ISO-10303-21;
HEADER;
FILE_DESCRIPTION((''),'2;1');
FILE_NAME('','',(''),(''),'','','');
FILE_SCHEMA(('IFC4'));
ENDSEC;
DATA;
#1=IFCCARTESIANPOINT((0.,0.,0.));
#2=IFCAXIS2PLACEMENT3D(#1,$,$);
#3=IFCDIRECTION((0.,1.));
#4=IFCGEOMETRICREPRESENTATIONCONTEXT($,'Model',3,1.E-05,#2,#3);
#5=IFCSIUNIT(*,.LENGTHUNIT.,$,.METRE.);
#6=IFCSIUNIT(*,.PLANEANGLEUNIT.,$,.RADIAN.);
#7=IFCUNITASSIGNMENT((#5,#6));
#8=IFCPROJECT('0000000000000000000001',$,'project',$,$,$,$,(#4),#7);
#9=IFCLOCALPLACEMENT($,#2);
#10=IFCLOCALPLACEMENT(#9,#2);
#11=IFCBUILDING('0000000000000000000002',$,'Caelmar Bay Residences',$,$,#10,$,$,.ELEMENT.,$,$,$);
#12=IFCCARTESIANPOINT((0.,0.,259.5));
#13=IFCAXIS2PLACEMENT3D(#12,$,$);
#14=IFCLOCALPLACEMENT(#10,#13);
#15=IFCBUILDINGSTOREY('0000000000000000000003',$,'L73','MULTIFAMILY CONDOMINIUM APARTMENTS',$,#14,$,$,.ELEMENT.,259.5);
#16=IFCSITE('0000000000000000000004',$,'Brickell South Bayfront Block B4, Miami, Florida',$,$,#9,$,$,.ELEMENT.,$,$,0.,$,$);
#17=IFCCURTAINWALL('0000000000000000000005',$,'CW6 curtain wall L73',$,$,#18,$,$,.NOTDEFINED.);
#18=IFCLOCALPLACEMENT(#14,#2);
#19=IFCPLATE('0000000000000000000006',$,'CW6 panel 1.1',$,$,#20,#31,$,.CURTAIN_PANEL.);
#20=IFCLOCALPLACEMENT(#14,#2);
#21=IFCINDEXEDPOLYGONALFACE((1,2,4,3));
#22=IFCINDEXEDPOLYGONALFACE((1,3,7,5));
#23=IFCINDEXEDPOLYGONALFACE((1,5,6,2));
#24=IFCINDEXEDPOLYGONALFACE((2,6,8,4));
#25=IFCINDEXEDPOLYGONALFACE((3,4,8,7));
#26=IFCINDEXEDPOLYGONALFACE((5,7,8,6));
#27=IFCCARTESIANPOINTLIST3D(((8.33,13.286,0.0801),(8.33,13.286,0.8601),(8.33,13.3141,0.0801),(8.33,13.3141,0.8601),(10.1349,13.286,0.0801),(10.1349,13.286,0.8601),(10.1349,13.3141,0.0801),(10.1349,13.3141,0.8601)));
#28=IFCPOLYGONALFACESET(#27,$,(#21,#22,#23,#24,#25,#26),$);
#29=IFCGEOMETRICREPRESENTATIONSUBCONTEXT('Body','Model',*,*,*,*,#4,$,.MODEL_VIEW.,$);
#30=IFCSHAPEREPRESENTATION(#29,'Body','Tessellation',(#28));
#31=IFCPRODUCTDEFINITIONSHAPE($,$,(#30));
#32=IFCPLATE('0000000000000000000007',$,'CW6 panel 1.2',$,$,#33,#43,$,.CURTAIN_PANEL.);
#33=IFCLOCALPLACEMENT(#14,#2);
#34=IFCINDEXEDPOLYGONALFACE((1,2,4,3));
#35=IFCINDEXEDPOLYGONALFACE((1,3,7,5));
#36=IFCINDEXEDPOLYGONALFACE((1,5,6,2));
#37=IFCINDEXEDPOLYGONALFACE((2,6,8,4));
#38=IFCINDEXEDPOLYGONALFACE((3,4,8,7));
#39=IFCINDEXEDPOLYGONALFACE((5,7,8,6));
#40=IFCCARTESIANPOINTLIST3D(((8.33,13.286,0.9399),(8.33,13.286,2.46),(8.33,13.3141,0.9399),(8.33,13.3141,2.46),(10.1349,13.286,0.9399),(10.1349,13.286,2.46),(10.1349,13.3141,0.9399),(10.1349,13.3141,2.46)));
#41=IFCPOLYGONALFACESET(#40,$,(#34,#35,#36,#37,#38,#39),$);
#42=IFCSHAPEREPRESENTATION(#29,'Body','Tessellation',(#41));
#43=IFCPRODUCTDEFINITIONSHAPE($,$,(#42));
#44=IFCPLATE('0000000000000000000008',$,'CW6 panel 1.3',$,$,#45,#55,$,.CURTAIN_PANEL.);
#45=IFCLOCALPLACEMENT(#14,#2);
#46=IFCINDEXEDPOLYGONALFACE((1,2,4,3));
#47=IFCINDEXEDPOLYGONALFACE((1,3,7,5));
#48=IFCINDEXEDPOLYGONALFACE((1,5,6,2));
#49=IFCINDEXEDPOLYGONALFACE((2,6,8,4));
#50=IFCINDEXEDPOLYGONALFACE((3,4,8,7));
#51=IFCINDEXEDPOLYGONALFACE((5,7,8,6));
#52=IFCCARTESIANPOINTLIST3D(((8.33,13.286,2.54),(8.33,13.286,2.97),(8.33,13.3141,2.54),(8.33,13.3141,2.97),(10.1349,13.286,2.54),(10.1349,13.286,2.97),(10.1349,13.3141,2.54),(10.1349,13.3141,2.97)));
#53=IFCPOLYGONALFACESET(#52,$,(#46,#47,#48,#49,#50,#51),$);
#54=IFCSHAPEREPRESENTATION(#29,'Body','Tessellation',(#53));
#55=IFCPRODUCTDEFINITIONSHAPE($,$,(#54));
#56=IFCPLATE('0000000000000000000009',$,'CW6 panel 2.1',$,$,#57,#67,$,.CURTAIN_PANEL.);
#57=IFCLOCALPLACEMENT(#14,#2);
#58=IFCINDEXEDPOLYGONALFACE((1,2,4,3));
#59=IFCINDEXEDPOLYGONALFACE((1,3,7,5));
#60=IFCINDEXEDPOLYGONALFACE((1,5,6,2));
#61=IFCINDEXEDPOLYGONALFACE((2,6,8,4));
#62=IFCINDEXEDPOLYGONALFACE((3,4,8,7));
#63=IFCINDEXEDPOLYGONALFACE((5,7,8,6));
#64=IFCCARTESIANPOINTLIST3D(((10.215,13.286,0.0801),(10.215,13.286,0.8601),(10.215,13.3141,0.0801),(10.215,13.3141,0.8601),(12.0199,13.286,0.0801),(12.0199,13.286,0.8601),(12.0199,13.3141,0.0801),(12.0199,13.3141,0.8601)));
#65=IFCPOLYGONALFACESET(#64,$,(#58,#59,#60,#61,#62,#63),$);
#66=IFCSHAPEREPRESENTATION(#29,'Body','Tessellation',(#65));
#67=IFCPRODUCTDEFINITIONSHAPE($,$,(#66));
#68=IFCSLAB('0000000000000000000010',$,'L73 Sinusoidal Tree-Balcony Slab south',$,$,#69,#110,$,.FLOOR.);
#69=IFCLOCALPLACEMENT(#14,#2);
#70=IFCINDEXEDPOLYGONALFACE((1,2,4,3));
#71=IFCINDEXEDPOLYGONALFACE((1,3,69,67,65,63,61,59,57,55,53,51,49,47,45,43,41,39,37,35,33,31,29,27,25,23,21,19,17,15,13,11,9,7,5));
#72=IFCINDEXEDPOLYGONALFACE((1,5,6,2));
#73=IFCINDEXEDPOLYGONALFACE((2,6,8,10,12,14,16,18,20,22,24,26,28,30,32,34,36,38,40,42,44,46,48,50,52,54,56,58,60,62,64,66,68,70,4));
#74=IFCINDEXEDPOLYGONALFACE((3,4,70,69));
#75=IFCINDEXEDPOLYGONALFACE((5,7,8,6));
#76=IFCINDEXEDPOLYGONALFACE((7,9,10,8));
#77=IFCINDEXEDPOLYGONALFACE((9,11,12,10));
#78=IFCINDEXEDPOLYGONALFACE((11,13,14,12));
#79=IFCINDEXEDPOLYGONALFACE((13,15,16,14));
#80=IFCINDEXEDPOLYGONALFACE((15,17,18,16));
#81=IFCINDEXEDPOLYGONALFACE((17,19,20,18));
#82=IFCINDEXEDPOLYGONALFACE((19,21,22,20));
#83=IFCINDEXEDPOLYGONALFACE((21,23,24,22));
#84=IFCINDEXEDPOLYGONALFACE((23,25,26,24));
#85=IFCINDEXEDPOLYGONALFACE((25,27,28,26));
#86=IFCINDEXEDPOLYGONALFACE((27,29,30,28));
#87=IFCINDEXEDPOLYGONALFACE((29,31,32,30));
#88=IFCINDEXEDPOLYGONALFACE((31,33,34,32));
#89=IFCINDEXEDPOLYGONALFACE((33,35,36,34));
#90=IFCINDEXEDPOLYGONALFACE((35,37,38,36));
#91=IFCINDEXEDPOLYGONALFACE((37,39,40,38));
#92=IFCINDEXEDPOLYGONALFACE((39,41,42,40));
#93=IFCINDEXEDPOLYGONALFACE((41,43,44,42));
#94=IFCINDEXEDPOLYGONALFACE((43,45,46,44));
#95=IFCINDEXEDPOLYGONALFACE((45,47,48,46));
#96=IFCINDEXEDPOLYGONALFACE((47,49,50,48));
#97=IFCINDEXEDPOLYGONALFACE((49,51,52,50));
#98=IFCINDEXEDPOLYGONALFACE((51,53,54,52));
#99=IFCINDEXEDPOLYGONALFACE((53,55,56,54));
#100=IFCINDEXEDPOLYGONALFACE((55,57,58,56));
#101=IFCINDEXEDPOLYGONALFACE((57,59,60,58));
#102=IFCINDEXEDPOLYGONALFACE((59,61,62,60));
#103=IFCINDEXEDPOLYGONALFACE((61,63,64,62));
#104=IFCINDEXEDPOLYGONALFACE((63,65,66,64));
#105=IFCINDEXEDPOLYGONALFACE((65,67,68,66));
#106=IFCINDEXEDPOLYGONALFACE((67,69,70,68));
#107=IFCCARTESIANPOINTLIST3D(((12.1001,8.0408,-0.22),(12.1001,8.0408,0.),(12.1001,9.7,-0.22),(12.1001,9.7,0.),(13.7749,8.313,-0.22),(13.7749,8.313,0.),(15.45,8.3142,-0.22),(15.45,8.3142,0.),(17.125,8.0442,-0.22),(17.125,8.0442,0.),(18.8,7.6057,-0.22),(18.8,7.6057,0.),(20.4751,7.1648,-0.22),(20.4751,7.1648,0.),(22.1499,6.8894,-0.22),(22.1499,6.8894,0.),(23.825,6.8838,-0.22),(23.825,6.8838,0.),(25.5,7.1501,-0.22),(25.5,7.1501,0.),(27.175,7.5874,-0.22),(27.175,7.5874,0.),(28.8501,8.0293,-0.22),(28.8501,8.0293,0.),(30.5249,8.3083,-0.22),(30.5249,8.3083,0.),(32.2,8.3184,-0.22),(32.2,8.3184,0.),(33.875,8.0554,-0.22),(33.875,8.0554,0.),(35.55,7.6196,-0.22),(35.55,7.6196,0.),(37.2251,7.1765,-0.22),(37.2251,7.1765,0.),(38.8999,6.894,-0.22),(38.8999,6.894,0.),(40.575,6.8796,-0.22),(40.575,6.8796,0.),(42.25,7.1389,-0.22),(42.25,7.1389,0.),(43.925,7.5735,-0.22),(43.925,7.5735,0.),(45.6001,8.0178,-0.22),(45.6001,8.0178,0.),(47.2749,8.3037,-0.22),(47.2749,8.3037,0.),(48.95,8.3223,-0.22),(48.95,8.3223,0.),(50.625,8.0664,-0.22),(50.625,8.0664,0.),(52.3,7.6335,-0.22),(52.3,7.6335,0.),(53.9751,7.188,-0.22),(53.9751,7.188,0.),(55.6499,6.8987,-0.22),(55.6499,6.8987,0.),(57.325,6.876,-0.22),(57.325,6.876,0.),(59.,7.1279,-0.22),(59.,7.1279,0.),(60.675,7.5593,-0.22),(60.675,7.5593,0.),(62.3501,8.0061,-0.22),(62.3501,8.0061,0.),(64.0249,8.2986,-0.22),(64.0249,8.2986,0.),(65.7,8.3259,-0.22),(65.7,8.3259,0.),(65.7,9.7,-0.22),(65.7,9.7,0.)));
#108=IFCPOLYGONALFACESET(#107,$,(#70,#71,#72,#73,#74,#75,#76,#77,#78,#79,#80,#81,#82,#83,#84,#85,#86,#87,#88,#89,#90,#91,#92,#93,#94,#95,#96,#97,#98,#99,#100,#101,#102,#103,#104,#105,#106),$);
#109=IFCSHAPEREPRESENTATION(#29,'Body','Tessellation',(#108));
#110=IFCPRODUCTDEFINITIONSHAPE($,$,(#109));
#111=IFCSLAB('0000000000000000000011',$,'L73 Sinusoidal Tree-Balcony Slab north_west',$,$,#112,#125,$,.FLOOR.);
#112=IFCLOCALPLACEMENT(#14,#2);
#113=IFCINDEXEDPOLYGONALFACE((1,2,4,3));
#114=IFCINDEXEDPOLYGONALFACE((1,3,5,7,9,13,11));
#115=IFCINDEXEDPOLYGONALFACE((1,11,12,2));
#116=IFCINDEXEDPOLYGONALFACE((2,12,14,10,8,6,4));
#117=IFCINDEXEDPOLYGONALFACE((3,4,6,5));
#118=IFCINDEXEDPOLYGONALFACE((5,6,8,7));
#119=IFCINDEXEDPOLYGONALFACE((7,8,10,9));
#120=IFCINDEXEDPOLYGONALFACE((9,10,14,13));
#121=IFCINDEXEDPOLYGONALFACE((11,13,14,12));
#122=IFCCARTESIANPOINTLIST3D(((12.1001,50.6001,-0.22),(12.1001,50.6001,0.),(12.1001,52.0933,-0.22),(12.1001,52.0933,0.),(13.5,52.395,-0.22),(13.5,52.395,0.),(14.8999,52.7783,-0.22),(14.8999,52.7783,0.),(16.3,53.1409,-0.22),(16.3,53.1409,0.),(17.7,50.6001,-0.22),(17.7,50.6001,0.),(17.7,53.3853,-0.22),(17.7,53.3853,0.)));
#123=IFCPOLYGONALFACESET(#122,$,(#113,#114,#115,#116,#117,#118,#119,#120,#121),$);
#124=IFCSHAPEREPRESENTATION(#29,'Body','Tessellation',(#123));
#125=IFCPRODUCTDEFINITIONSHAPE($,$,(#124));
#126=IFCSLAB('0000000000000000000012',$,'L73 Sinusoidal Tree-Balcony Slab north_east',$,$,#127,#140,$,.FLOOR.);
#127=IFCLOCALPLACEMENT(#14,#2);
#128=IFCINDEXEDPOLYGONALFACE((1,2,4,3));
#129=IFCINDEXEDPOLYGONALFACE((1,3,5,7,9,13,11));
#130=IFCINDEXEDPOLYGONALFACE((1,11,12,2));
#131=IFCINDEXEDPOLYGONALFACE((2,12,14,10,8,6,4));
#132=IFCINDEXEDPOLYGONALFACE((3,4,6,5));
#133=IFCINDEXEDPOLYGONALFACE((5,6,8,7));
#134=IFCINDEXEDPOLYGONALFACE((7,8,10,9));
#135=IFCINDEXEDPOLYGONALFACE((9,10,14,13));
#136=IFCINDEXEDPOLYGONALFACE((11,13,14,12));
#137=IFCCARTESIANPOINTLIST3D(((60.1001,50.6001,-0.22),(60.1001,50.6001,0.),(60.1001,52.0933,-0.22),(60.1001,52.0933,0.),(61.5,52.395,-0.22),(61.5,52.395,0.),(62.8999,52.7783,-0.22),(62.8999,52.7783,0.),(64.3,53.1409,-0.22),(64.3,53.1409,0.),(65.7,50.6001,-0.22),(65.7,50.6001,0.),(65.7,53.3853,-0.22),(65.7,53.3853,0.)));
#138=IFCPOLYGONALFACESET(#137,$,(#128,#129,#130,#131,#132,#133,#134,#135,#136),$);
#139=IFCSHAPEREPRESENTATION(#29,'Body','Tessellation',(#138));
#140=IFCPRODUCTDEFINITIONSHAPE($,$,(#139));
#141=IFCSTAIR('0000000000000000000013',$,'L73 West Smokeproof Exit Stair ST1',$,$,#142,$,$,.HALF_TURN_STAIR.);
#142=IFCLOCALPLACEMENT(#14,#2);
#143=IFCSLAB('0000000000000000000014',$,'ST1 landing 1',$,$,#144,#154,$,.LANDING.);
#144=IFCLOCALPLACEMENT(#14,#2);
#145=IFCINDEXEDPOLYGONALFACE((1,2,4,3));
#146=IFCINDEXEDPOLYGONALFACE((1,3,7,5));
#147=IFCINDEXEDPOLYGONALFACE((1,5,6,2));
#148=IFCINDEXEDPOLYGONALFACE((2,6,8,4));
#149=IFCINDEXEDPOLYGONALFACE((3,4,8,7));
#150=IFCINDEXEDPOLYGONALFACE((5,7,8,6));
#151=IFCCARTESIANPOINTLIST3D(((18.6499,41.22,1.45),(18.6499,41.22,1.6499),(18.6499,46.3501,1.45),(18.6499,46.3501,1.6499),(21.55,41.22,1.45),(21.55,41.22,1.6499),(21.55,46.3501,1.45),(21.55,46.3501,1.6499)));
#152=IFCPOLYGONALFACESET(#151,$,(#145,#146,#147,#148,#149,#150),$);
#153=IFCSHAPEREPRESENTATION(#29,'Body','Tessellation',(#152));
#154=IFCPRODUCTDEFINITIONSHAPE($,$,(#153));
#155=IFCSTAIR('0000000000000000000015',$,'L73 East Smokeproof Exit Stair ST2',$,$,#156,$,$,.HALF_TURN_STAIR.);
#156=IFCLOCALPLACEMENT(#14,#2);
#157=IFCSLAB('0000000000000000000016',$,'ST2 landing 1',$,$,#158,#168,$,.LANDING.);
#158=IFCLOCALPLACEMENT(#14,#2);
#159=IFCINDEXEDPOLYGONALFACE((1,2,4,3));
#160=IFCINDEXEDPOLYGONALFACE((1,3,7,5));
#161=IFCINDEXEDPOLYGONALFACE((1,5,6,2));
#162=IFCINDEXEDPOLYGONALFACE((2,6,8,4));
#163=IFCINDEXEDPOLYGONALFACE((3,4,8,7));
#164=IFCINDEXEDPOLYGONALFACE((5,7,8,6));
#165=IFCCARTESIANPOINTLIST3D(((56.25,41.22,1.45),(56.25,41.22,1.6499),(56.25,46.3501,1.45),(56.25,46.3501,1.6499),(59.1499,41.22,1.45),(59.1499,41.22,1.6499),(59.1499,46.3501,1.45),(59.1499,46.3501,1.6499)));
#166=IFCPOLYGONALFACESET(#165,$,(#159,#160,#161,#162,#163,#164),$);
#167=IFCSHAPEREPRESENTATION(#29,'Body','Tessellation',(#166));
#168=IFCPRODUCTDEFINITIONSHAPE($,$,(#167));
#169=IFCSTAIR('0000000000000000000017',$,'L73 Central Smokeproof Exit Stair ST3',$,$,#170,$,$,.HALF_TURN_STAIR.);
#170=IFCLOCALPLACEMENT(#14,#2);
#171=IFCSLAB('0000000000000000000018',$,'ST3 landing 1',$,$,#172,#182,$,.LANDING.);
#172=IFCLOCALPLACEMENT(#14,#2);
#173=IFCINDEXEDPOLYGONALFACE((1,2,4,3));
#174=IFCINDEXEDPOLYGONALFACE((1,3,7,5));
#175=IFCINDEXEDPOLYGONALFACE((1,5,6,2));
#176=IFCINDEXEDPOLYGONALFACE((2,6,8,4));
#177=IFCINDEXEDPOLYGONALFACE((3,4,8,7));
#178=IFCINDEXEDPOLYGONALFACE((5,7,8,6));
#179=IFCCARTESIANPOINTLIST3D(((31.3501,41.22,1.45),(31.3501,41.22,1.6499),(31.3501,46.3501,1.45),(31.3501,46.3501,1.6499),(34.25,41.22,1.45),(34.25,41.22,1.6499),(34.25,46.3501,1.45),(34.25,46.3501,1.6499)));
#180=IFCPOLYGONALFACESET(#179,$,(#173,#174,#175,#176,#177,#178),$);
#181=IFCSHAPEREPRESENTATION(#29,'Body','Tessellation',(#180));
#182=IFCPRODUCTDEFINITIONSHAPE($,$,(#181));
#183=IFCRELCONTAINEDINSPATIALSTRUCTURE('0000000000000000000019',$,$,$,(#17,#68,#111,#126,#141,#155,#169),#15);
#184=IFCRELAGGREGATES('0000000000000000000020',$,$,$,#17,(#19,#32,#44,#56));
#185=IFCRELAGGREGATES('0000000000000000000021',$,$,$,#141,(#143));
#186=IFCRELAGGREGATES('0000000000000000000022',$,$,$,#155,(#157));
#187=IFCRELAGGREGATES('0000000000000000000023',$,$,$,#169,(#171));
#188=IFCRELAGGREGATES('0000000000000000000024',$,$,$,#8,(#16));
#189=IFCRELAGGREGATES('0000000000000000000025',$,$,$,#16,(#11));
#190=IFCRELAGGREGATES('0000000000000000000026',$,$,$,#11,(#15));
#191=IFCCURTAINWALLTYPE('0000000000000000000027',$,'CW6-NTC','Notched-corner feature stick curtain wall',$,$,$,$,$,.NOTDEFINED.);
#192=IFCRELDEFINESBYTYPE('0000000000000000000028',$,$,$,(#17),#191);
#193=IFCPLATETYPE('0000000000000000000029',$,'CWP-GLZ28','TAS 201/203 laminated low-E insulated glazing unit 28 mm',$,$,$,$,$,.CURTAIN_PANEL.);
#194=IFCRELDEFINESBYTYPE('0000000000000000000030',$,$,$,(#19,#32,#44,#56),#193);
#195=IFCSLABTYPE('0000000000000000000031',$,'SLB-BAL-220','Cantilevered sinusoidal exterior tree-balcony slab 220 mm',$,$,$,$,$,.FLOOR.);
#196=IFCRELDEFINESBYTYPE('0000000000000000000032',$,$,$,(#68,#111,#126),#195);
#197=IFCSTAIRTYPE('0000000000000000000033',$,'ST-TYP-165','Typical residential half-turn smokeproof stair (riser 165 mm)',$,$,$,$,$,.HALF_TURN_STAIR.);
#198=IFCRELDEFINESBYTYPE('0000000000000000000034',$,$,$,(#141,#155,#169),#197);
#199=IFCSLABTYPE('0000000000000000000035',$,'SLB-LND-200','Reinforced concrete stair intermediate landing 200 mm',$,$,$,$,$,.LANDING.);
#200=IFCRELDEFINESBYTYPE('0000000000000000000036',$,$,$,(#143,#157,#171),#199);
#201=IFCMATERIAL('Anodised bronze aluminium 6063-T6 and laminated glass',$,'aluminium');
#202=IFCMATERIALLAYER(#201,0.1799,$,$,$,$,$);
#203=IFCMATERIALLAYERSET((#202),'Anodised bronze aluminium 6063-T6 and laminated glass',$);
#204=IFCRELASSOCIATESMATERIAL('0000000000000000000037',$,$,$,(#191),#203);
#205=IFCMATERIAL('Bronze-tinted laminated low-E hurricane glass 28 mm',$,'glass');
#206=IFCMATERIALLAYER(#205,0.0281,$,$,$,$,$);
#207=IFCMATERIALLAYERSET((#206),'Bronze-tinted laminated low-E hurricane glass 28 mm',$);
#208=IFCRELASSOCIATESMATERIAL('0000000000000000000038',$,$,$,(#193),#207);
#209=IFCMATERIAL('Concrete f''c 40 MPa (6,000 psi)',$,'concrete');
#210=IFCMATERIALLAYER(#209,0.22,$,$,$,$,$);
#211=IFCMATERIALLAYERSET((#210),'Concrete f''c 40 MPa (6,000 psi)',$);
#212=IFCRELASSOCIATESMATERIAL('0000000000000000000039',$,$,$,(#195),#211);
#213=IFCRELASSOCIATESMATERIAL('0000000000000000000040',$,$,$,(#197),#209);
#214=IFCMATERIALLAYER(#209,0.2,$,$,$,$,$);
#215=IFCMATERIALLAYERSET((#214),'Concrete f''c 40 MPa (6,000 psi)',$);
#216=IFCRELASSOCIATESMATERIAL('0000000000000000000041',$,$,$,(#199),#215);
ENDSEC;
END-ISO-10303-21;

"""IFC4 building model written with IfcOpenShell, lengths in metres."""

from ifc_helpers import new_model, si_unit, direction, frame, origin, origin_2d, place, context, subcontext, project, spatial, polyline, rectangle, outline, extrude, material, layer, layer_set, type_object, element, aggregate, save


model = new_model("IFC4")

# Units and contexts
model_context = context("Model", 3, precision=1e-05, world=origin(), true_north=direction((0.0, 1.0)))
body_context = subcontext(model_context, "Body", "Model", "MODEL_VIEW")
ifc_project = project(units=[si_unit("LENGTHUNIT", "METRE"), si_unit("PLANEANGLEUNIT", "RADIAN")], contexts=[model_context])

# Site, building, storey
site_placement = place(None, origin())
site = spatial("IfcSite", under=ifc_project, at=site_placement, Name="Brickell South Bayfront Block B4, Miami, Florida", CompositionType="ELEMENT", RefElevation=0.0)
building_placement = place(site_placement, origin())
building = spatial("IfcBuilding", under=site, at=building_placement, Name="Caelmar Bay Residences", CompositionType="ELEMENT")
storey_placement = place(building_placement, frame((0.0, 0.0, 259.5)))
storey = spatial("IfcBuildingStorey", under=building, at=storey_placement, Name="L73", Description="MULTIFAMILY CONDOMINIUM APARTMENTS", CompositionType="ELEMENT", Elevation=259.5)

# Curtain wall
ifc_material_1 = material(Name="Anodised bronze aluminium 6063-T6 and laminated glass", Category="aluminium")
ifc_layer_1 = layer(ifc_material_1, 0.1799)
ifc_layer_set_1 = layer_set([ifc_layer_1], Name="Anodised bronze aluminium 6063-T6 and laminated glass")
curtain_wall_type_1 = type_object("IfcCurtainWallType", Name="CW6-NTC", Description="Notched-corner feature stick curtain wall", PredefinedType="NOTDEFINED", material=ifc_layer_set_1)
curtain_wall_1_placement = place(storey_placement, origin())
curtain_wall_1 = element("IfcCurtainWall", 1, at=curtain_wall_1_placement, inside=storey, type_object=curtain_wall_type_1, Name="CW6 curtain wall L73", PredefinedType="NOTDEFINED")

# Plates
ifc_material_2 = material(Name="Bronze-tinted laminated low-E hurricane glass 28 mm", Category="glass")
ifc_layer_2 = layer(ifc_material_2, 0.0281)
ifc_layer_set_2 = layer_set([ifc_layer_2], Name="Bronze-tinted laminated low-E hurricane glass 28 mm")
plate_type = type_object("IfcPlateType", Name="CWP-GLZ28", Description="TAS 201/203 laminated low-E insulated glazing unit 28 mm", PredefinedType="CURTAIN_PANEL", material=ifc_layer_set_2)
plate_1_placement = place(storey_placement, frame((9.2324, 13.3, 0.0801), z_axis=(0.0, 0.0, 1.0), x_axis=(1.0, 0.0, 0.0)))
plate_1 = element("IfcPlate", 2, at=plate_1_placement, type_object=plate_type, Name="CW6 panel 1.1", PredefinedType="CURTAIN_PANEL", context=body_context, shape_type="SweptSolid", body=[
    extrude(rectangle(XDim=1.8049, YDim=0.0281, at=origin_2d()), origin(), (0.0, 0.0, 1.0), 0.78),
])
plate_2_placement = place(storey_placement, frame((9.2324, 13.3, 0.9399), z_axis=(0.0, 0.0, 1.0), x_axis=(1.0, 0.0, 0.0)))
plate_2 = element("IfcPlate", 3, at=plate_2_placement, type_object=plate_type, Name="CW6 panel 1.2", PredefinedType="CURTAIN_PANEL", context=body_context, shape_type="SweptSolid", body=[
    extrude(rectangle(XDim=1.8049, YDim=0.0281, at=origin_2d()), origin(), (0.0, 0.0, 1.0), 1.52),
])
plate_3_placement = place(storey_placement, frame((9.2324, 13.3, 2.54), z_axis=(0.0, 0.0, 1.0), x_axis=(1.0, 0.0, 0.0)))
plate_3 = element("IfcPlate", 4, at=plate_3_placement, type_object=plate_type, Name="CW6 panel 1.3", PredefinedType="CURTAIN_PANEL", context=body_context, shape_type="SweptSolid", body=[
    extrude(rectangle(XDim=1.8049, YDim=0.0281, at=origin_2d()), origin(), (0.0, 0.0, 1.0), 0.4299),
])
plate_4_placement = place(storey_placement, frame((11.1174, 13.3, 0.0801), z_axis=(0.0, 0.0, 1.0), x_axis=(1.0, 0.0, 0.0)))
plate_4 = element("IfcPlate", 5, at=plate_4_placement, type_object=plate_type, Name="CW6 panel 2.1", PredefinedType="CURTAIN_PANEL", context=body_context, shape_type="SweptSolid", body=[
    extrude(rectangle(XDim=1.8049, YDim=0.0281, at=origin_2d()), origin(), (0.0, 0.0, 1.0), 0.78),
])
aggregate(curtain_wall_1, [plate_1, plate_2, plate_3, plate_4])

# Slabs
ifc_material_3 = material(Name="Concrete f'c 40 MPa (6,000 psi)", Category="concrete")
ifc_layer_3 = layer(ifc_material_3, 0.22)
ifc_layer_set_3 = layer_set([ifc_layer_3], Name="Concrete f'c 40 MPa (6,000 psi)")
slab_type_1 = type_object("IfcSlabType", Name="SLB-BAL-220", Description="Cantilevered sinusoidal exterior tree-balcony slab 220 mm", PredefinedType="FLOOR", material=ifc_layer_set_3)
slab_1_placement = place(storey_placement, frame((0.0, 0.0, -0.22)))
element("IfcSlab", 6, at=slab_1_placement, inside=storey, type_object=slab_type_1, Name="L73 Sinusoidal Tree-Balcony Slab south", PredefinedType="FLOOR", context=body_context, shape_type="SweptSolid", body=[
    extrude(outline(polyline([(12.1001, 8.0408), (13.7749, 8.313), (15.45, 8.3142), (17.125, 8.0442), (18.8, 7.6057), (20.4751, 7.1648), (22.1499, 6.8894), (23.825, 6.8838), (25.5, 7.1501), (27.175, 7.5874), (28.8501, 8.0293), (30.5249, 8.3083), (32.2, 8.3184), (33.875, 8.0554), (35.55, 7.6196), (37.2251, 7.1765), (38.8999, 6.894), (40.575, 6.8796), (42.25, 7.1389), (43.925, 7.5735), (45.6001, 8.0178), (47.2749, 8.3037), (48.95, 8.3223), (50.625, 8.0664), (52.3, 7.6335), (53.9751, 7.188), (55.6499, 6.8987), (57.325, 6.876), (59.0, 7.1279), (60.675, 7.5593), (62.3501, 8.0061), (64.0249, 8.2986), (65.7, 8.3259), (65.7, 9.7), (12.1001, 9.7), (12.1001, 8.0408)])), origin(), (0.0, 0.0, 1.0), 0.22),
])
slab_2_placement = place(storey_placement, frame((0.0, 0.0, -0.22)))
element("IfcSlab", 7, at=slab_2_placement, inside=storey, type_object=slab_type_1, Name="L73 Sinusoidal Tree-Balcony Slab north_west", PredefinedType="FLOOR", context=body_context, shape_type="SweptSolid", body=[
    extrude(outline(polyline([(12.1001, 50.6001), (17.7, 50.6001), (17.7, 53.3853), (16.3, 53.1409), (14.8999, 52.7783), (13.5, 52.395), (12.1001, 52.0933), (12.1001, 50.6001)])), origin(), (0.0, 0.0, 1.0), 0.22),
])
slab_3_placement = place(storey_placement, frame((0.0, 0.0, -0.22)))
element("IfcSlab", 8, at=slab_3_placement, inside=storey, type_object=slab_type_1, Name="L73 Sinusoidal Tree-Balcony Slab north_east", PredefinedType="FLOOR", context=body_context, shape_type="SweptSolid", body=[
    extrude(outline(polyline([(60.1001, 50.6001), (65.7, 50.6001), (65.7, 53.3853), (64.3, 53.1409), (62.8999, 52.7783), (61.5, 52.395), (60.1001, 52.0933), (60.1001, 50.6001)])), origin(), (0.0, 0.0, 1.0), 0.22),
])

# Stairs, slabs
stair_type = type_object("IfcStairType", Name="ST-TYP-165", Description="Typical residential half-turn smokeproof stair (riser 165 mm)", PredefinedType="HALF_TURN_STAIR", material=ifc_material_3)
stair_1_placement = place(storey_placement, origin())
stair_1 = element("IfcStair", 9, at=stair_1_placement, inside=storey, type_object=stair_type, Name="L73 West Smokeproof Exit Stair ST1", PredefinedType="HALF_TURN_STAIR")
ifc_layer_4 = layer(ifc_material_3, 0.2)
ifc_layer_set_4 = layer_set([ifc_layer_4], Name="Concrete f'c 40 MPa (6,000 psi)")
slab_type_2 = type_object("IfcSlabType", Name="SLB-LND-200", Description="Reinforced concrete stair intermediate landing 200 mm", PredefinedType="LANDING", material=ifc_layer_set_4)
slab_4_placement = place(storey_placement, frame((0.0, 0.0, 1.45)))
slab_4 = element("IfcSlab", 10, at=slab_4_placement, type_object=slab_type_2, Name="ST1 landing 1", PredefinedType="LANDING", context=body_context, shape_type="SweptSolid", body=[
    extrude(outline(polyline([(21.55, 41.22), (21.55, 46.3501), (18.6499, 46.3501), (18.6499, 41.22), (21.55, 41.22)])), origin(), (0.0, 0.0, 1.0), 0.2),
])
aggregate(stair_1, [slab_4])
stair_2_placement = place(storey_placement, origin())
stair_2 = element("IfcStair", 11, at=stair_2_placement, inside=storey, type_object=stair_type, Name="L73 East Smokeproof Exit Stair ST2", PredefinedType="HALF_TURN_STAIR")
slab_5_placement = place(storey_placement, frame((0.0, 0.0, 1.45)))
slab_5 = element("IfcSlab", 12, at=slab_5_placement, type_object=slab_type_2, Name="ST2 landing 1", PredefinedType="LANDING", context=body_context, shape_type="SweptSolid", body=[
    extrude(outline(polyline([(59.1499, 41.22), (59.1499, 46.3501), (56.25, 46.3501), (56.25, 41.22), (59.1499, 41.22)])), origin(), (0.0, 0.0, 1.0), 0.2),
])
aggregate(stair_2, [slab_5])
stair_3_placement = place(storey_placement, origin())
stair_3 = element("IfcStair", 13, at=stair_3_placement, inside=storey, type_object=stair_type, Name="L73 Central Smokeproof Exit Stair ST3", PredefinedType="HALF_TURN_STAIR")
slab_6_placement = place(storey_placement, frame((0.0, 0.0, 1.45)))
slab_6 = element("IfcSlab", 14, at=slab_6_placement, type_object=slab_type_2, Name="ST3 landing 1", PredefinedType="LANDING", context=body_context, shape_type="SweptSolid", body=[
    extrude(outline(polyline([(34.25, 41.22), (34.25, 46.3501), (31.3501, 46.3501), (31.3501, 41.22), (34.25, 41.22)])), origin(), (0.0, 0.0, 1.0), 0.2),
])
aggregate(stair_3, [slab_6])

save(model, "model.ifc")
